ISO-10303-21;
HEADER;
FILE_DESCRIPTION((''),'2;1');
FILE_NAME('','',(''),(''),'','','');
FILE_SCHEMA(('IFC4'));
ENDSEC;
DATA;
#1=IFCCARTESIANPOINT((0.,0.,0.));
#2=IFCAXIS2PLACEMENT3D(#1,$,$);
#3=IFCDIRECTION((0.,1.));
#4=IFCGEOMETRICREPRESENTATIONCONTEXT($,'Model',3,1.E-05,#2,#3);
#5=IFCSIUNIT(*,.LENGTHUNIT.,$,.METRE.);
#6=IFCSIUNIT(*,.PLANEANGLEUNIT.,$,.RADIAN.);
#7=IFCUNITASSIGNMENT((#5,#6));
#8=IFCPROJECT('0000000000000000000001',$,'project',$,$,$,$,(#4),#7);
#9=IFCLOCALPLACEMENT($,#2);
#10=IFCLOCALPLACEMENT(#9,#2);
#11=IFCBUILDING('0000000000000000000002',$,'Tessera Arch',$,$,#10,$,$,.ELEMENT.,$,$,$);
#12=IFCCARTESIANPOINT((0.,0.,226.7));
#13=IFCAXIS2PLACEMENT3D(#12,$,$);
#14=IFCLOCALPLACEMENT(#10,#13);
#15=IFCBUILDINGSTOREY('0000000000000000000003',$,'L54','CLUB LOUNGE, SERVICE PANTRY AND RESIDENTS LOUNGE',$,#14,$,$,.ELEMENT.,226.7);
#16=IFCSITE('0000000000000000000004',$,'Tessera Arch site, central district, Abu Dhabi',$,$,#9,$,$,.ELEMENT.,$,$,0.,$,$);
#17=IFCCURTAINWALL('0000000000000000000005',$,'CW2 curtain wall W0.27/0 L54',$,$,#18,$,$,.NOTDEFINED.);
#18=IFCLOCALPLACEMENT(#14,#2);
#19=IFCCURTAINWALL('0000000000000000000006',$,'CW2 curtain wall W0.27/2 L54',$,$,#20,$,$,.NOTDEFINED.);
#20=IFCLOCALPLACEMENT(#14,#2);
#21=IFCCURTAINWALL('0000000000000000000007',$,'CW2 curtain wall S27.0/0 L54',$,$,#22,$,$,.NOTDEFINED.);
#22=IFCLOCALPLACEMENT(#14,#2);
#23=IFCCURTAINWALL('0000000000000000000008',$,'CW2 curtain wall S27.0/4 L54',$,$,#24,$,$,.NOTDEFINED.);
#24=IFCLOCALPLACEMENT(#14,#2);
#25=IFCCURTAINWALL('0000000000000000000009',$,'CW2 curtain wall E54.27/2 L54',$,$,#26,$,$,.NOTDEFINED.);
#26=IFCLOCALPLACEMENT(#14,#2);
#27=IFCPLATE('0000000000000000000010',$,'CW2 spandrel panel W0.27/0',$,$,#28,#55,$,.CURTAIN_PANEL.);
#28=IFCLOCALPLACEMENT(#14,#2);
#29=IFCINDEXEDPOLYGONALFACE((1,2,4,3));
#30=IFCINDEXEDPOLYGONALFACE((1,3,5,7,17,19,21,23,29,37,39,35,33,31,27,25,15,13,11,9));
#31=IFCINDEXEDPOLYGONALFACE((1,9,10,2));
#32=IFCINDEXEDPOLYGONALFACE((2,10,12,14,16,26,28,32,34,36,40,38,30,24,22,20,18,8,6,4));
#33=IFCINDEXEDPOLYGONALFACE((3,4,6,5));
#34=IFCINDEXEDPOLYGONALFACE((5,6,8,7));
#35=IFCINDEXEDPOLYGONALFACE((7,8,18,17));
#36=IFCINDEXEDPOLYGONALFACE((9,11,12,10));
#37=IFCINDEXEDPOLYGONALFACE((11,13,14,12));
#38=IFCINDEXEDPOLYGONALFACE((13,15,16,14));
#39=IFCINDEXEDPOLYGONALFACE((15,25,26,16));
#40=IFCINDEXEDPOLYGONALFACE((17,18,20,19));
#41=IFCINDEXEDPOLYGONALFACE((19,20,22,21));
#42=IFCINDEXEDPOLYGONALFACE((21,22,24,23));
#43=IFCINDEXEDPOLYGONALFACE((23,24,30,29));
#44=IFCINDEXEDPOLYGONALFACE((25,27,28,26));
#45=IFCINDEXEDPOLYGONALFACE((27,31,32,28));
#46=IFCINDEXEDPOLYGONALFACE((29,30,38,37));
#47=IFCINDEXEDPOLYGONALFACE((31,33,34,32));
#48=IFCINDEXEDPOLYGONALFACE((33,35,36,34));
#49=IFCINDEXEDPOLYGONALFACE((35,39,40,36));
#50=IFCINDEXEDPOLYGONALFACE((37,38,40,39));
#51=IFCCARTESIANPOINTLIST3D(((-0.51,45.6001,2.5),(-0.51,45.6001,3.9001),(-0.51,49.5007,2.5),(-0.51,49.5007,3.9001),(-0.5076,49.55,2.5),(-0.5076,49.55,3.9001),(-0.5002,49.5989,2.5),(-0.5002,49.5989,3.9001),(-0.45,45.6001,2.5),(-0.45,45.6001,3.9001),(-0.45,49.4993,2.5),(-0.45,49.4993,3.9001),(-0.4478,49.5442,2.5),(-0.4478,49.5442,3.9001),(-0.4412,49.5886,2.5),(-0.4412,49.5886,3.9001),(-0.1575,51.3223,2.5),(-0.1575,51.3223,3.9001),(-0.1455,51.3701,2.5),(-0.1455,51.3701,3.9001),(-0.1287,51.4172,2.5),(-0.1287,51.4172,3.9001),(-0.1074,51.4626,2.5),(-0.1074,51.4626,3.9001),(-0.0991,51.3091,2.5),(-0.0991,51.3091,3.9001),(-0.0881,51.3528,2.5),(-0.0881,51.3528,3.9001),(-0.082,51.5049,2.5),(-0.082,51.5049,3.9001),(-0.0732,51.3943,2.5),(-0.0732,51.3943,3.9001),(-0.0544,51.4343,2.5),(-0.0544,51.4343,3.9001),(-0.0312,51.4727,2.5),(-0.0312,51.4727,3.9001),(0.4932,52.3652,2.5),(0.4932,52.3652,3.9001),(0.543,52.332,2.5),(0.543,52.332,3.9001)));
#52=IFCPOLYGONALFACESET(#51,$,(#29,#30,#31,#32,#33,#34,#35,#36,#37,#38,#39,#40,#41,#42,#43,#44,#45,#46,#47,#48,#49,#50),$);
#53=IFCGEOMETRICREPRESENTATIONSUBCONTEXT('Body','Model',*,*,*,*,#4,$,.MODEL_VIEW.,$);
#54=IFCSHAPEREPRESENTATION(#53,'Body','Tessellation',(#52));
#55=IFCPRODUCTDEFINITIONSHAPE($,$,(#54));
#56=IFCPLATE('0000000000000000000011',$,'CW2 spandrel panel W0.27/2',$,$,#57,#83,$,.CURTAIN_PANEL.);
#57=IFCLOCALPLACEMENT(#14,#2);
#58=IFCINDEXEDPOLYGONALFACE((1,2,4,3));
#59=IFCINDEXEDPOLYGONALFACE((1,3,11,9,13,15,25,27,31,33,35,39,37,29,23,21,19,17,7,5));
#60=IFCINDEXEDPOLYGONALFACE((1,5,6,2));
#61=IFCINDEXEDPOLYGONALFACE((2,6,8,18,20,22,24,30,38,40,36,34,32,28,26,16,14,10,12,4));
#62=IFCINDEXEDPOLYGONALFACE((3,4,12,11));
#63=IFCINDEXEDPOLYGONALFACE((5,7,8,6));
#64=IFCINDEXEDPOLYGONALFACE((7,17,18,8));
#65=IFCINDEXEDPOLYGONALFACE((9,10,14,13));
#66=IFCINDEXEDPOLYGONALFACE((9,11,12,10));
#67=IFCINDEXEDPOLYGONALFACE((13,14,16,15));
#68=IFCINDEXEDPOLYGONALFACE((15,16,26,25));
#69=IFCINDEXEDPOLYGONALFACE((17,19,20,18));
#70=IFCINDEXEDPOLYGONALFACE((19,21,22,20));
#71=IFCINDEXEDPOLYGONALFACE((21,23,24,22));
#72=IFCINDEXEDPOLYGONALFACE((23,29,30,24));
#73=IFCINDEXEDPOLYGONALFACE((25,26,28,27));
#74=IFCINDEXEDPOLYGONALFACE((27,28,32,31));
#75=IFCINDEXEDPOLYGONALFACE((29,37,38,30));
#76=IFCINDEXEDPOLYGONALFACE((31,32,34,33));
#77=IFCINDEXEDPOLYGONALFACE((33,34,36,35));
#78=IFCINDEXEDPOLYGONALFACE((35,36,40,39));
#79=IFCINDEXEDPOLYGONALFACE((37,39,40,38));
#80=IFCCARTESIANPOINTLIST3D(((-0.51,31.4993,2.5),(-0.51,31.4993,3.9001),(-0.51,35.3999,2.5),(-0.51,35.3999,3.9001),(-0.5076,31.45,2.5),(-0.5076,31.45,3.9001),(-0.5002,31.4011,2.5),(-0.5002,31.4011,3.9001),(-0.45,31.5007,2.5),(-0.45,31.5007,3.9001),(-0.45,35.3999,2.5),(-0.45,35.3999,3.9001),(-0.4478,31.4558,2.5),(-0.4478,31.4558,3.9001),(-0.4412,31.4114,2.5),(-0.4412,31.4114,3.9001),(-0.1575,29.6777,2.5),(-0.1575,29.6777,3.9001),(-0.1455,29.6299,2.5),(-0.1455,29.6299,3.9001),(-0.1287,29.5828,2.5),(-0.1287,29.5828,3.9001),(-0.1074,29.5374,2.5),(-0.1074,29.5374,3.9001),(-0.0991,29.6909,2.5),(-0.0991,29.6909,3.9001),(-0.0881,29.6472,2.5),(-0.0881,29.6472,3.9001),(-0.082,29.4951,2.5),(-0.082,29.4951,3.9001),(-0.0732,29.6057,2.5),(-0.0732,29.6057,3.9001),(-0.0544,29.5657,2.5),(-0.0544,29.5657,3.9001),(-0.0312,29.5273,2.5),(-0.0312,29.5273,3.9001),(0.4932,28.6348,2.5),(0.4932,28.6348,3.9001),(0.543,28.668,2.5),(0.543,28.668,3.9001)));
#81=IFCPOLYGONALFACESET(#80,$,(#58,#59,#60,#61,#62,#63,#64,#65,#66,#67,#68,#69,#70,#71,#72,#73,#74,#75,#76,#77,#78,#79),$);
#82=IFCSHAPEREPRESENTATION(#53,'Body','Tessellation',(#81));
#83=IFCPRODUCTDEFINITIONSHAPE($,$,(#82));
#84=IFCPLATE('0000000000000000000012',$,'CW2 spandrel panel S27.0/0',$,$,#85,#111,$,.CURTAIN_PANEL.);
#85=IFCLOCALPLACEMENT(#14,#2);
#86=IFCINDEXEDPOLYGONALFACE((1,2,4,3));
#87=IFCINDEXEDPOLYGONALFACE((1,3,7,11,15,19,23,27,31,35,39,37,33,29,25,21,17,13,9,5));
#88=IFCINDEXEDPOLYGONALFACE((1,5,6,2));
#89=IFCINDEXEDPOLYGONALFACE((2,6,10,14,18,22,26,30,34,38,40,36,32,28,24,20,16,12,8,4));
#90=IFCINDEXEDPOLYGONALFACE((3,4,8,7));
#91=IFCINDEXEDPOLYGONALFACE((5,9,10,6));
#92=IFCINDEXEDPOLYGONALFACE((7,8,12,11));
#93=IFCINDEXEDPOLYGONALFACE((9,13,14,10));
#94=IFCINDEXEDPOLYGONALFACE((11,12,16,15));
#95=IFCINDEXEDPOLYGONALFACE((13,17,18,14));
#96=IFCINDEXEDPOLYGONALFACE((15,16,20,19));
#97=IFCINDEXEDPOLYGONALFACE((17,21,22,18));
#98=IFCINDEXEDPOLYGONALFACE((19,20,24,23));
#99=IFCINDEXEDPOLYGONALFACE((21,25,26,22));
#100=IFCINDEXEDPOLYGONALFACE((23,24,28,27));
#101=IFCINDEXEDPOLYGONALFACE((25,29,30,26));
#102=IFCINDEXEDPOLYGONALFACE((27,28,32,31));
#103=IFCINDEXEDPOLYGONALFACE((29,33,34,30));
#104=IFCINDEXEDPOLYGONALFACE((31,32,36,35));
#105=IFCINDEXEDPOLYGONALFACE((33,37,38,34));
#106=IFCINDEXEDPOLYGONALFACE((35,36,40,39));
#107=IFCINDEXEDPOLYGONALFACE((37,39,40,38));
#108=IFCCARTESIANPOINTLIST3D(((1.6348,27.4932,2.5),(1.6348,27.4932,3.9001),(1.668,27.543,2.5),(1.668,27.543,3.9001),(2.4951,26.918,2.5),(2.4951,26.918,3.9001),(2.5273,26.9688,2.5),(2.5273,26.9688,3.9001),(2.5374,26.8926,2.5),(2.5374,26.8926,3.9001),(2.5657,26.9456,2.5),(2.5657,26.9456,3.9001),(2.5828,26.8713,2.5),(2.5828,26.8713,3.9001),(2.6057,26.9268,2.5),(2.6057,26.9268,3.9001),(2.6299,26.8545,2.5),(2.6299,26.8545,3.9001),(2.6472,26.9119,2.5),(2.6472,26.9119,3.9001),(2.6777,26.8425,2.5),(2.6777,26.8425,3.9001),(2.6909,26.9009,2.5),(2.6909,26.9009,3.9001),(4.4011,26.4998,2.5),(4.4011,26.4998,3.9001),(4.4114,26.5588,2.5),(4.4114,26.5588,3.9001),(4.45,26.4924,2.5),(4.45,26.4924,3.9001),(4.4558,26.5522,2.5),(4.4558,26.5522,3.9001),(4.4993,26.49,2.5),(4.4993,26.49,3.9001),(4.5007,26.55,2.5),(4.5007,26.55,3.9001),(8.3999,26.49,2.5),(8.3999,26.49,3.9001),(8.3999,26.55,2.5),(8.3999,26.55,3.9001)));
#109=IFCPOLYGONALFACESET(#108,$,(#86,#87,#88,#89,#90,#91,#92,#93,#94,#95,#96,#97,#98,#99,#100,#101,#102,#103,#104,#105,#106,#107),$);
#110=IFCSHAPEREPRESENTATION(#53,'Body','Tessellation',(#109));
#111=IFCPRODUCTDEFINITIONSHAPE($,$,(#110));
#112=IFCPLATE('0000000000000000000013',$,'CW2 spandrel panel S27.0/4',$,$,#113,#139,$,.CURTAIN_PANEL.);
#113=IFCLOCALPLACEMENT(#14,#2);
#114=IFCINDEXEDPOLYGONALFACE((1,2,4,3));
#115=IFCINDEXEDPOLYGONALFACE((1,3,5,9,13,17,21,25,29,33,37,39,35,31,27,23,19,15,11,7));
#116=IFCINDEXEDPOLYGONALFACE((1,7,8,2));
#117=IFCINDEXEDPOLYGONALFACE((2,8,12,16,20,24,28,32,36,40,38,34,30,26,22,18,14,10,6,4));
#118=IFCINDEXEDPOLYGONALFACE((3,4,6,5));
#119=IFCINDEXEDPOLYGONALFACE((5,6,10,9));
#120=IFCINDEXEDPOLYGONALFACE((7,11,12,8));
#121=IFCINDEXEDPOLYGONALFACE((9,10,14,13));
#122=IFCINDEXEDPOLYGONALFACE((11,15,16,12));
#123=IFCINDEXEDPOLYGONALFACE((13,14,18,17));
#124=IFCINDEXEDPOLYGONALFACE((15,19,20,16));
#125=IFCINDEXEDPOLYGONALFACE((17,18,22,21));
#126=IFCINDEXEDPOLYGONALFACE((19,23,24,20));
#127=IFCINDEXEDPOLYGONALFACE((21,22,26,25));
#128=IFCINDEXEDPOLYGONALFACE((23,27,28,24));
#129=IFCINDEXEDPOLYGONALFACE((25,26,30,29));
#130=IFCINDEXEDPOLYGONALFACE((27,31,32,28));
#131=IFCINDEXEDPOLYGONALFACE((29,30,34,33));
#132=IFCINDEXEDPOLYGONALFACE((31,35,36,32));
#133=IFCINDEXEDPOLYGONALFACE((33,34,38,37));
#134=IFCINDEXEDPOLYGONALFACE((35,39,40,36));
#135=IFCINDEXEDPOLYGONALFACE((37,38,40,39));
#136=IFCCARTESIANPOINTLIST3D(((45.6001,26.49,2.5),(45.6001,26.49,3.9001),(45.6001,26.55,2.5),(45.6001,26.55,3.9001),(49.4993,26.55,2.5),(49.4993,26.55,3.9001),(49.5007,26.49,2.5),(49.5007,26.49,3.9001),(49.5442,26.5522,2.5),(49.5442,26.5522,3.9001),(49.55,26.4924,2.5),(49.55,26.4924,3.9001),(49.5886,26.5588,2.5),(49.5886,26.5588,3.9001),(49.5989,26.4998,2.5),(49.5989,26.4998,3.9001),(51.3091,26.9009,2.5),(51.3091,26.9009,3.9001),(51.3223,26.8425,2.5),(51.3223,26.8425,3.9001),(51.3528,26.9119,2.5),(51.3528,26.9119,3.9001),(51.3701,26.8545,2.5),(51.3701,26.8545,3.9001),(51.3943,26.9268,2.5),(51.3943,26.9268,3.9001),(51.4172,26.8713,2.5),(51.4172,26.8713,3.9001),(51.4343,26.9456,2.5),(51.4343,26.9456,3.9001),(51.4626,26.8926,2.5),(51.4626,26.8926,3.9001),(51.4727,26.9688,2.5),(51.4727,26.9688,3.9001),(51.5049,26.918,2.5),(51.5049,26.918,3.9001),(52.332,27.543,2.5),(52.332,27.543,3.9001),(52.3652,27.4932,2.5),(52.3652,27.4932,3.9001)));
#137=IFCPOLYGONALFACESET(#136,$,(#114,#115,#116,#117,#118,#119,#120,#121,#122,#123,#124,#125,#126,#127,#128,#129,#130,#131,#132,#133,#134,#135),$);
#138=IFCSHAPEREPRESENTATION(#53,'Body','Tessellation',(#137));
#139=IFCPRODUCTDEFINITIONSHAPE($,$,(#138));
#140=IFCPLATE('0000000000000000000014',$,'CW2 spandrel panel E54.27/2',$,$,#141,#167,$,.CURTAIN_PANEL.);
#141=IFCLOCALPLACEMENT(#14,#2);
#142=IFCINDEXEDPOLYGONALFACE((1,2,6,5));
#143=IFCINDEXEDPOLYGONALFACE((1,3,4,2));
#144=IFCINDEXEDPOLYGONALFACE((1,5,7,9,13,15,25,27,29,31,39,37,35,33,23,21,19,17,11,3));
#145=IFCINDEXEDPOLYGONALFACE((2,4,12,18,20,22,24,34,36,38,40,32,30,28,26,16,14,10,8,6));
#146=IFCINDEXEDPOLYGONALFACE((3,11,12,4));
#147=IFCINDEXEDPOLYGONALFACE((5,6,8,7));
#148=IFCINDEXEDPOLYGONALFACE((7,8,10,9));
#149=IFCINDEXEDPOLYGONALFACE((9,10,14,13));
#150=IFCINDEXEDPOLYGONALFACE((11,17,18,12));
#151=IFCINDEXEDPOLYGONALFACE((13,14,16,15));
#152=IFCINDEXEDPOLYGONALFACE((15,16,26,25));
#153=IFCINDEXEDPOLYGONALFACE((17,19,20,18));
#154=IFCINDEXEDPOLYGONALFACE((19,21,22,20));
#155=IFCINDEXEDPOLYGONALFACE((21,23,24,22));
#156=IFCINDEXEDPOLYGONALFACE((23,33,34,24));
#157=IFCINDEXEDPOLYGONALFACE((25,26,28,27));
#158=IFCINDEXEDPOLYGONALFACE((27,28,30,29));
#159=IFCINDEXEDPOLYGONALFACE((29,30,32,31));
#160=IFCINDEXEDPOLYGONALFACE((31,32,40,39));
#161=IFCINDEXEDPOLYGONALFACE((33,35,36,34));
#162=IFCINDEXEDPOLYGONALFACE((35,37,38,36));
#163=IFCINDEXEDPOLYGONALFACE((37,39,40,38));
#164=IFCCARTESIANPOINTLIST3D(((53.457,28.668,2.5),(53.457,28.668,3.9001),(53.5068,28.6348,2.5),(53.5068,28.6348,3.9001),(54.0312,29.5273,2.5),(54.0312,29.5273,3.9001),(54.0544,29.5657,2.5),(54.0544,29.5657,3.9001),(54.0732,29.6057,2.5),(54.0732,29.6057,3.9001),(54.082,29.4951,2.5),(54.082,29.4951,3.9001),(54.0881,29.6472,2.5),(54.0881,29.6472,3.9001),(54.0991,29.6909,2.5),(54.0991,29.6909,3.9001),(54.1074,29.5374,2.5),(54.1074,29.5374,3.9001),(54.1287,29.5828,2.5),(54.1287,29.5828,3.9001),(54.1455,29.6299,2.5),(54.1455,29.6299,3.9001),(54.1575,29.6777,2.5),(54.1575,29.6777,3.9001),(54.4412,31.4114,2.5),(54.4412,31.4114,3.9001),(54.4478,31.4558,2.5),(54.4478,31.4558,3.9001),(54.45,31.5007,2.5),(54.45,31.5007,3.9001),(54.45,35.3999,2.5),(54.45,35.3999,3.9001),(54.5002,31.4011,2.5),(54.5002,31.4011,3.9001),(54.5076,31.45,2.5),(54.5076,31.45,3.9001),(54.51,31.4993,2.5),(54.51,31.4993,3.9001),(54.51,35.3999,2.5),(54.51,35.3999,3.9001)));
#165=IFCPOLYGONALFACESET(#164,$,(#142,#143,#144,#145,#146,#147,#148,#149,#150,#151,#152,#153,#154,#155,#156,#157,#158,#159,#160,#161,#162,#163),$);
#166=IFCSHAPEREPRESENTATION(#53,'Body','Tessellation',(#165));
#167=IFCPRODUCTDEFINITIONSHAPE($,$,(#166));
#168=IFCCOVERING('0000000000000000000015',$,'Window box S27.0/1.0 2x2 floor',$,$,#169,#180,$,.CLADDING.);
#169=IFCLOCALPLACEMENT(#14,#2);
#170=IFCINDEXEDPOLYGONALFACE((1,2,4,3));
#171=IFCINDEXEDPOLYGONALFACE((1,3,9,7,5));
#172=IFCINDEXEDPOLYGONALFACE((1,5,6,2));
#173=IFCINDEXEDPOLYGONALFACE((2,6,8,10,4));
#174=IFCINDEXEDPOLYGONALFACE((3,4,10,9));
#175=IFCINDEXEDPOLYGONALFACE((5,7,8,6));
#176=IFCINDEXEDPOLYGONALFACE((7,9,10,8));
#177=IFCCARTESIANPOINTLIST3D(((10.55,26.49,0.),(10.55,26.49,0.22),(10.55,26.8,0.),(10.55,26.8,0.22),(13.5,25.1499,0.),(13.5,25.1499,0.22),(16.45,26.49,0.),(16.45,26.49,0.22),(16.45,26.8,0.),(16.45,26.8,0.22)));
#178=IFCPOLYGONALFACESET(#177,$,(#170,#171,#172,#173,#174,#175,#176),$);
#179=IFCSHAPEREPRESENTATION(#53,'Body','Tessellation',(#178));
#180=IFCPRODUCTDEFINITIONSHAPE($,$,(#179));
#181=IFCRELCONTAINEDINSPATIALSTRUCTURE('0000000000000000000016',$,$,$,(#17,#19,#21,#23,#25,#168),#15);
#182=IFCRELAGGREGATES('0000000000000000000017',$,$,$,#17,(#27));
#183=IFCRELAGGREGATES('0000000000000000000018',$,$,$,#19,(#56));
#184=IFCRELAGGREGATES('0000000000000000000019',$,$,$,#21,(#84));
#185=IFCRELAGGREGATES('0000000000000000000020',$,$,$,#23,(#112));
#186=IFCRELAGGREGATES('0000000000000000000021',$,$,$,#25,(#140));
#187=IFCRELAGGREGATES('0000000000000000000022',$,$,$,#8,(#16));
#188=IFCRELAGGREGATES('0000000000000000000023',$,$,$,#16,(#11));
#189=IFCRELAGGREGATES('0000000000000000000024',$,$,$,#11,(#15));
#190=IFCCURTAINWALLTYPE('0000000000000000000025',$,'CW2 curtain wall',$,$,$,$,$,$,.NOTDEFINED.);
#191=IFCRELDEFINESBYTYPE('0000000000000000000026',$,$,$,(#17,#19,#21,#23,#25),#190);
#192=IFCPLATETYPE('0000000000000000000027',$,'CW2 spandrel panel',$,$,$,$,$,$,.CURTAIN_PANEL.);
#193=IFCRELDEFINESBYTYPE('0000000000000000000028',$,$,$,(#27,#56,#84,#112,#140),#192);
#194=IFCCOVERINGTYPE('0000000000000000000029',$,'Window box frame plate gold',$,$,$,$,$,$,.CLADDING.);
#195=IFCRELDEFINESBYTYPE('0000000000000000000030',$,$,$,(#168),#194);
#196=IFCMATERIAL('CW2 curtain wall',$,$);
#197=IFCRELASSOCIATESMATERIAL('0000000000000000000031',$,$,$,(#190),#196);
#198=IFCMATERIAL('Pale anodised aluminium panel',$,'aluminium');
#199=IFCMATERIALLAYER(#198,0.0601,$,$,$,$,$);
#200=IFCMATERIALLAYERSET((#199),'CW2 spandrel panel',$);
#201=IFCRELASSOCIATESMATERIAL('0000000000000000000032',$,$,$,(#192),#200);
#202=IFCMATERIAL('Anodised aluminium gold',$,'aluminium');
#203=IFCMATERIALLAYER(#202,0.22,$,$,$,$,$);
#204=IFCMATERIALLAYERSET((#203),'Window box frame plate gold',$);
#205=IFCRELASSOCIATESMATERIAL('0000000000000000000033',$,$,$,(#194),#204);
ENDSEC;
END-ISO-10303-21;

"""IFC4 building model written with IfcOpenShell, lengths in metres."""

from ifc_helpers import new_model, si_unit, direction, frame, origin, place, context, subcontext, project, spatial, polyline, outline, extrude, material, layer, layer_set, type_object, element, aggregate, save


model = new_model("IFC4")

# Units and contexts
model_context = context("Model", 3, precision=1e-05, world=origin(), true_north=direction((0.0, 1.0)))
body_context = subcontext(model_context, "Body", "Model", "MODEL_VIEW")
ifc_project = project(units=[si_unit("LENGTHUNIT", "METRE"), si_unit("PLANEANGLEUNIT", "RADIAN")], contexts=[model_context])

# Site, building, storey
site_placement = place(None, origin())
site = spatial("IfcSite", under=ifc_project, at=site_placement, Name="Tessera Arch site, central district, Abu Dhabi", CompositionType="ELEMENT", RefElevation=0.0)
building_placement = place(site_placement, origin())
building = spatial("IfcBuilding", under=site, at=building_placement, Name="Tessera Arch", CompositionType="ELEMENT")
storey_placement = place(building_placement, frame((0.0, 0.0, 226.7)))
storey = spatial("IfcBuildingStorey", under=building, at=storey_placement, Name="L54", Description="CLUB LOUNGE, SERVICE PANTRY AND RESIDENTS LOUNGE", CompositionType="ELEMENT", Elevation=226.7)

# Curtain walls
ifc_material_1 = material(Name="CW2 curtain wall")
curtain_wall_type = type_object("IfcCurtainWallType", Name="CW2 curtain wall", PredefinedType="NOTDEFINED", material=ifc_material_1)
curtain_wall_1_placement = place(storey_placement, origin())
curtain_wall_1 = element("IfcCurtainWall", 1, at=curtain_wall_1_placement, inside=storey, type_object=curtain_wall_type, Name="CW2 curtain wall W0.27/0 L54", PredefinedType="NOTDEFINED")
curtain_wall_2_placement = place(storey_placement, origin())
curtain_wall_2 = element("IfcCurtainWall", 2, at=curtain_wall_2_placement, inside=storey, type_object=curtain_wall_type, Name="CW2 curtain wall W0.27/2 L54", PredefinedType="NOTDEFINED")
curtain_wall_3_placement = place(storey_placement, origin())
curtain_wall_3 = element("IfcCurtainWall", 3, at=curtain_wall_3_placement, inside=storey, type_object=curtain_wall_type, Name="CW2 curtain wall S27.0/0 L54", PredefinedType="NOTDEFINED")
curtain_wall_4_placement = place(storey_placement, origin())
curtain_wall_4 = element("IfcCurtainWall", 4, at=curtain_wall_4_placement, inside=storey, type_object=curtain_wall_type, Name="CW2 curtain wall S27.0/4 L54", PredefinedType="NOTDEFINED")
curtain_wall_5_placement = place(storey_placement, origin())
curtain_wall_5 = element("IfcCurtainWall", 5, at=curtain_wall_5_placement, inside=storey, type_object=curtain_wall_type, Name="CW2 curtain wall E54.27/2 L54", PredefinedType="NOTDEFINED")

# Plates
ifc_material_2 = material(Name="Pale anodised aluminium panel", Category="aluminium")
ifc_layer_1 = layer(ifc_material_2, 0.0601)
ifc_layer_set_1 = layer_set([ifc_layer_1], Name="CW2 spandrel panel")
plate_type_1 = type_object("IfcPlateType", Name="CW2 spandrel panel", PredefinedType="CURTAIN_PANEL", material=ifc_layer_set_1)
plate_1_placement = place(storey_placement, frame((0.0, 0.0, 2.5)))
plate_1 = element("IfcPlate", 6, at=plate_1_placement, type_object=plate_type_1, Name="CW2 spandrel panel W0.27/0", PredefinedType="CURTAIN_PANEL", context=body_context, shape_type="SweptSolid", body=[
    extrude(outline(polyline([(-0.0312, 51.4727), (0.543, 52.332), (0.4932, 52.3652), (-0.082, 51.5049), (-0.1074, 51.4626), (-0.1287, 51.4172), (-0.1455, 51.3701), (-0.1575, 51.3223), (-0.5002, 49.5989), (-0.5076, 49.55), (-0.51, 49.5007), (-0.51, 45.6001), (-0.45, 45.6001), (-0.45, 49.4993), (-0.4478, 49.5442), (-0.4412, 49.5886), (-0.0991, 51.3091), (-0.0881, 51.3528), (-0.0732, 51.3943), (-0.0544, 51.4343), (-0.0312, 51.4727)])), origin(), (0.0, 0.0, 1.0), 1.4001),
])
aggregate(curtain_wall_1, [plate_1])
plate_2_placement = place(storey_placement, frame((0.0, 0.0, 2.5)))
plate_2 = element("IfcPlate", 7, at=plate_2_placement, type_object=plate_type_1, Name="CW2 spandrel panel W0.27/2", PredefinedType="CURTAIN_PANEL", context=body_context, shape_type="SweptSolid", body=[
    extrude(outline(polyline([(-0.45, 31.5007), (-0.45, 35.3999), (-0.51, 35.3999), (-0.51, 31.4993), (-0.5076, 31.45), (-0.5002, 31.4011), (-0.1575, 29.6777), (-0.1455, 29.6299), (-0.1287, 29.5828), (-0.1074, 29.5374), (-0.082, 29.4951), (0.4932, 28.6348), (0.543, 28.668), (-0.0312, 29.5273), (-0.0544, 29.5657), (-0.0732, 29.6057), (-0.0881, 29.6472), (-0.0991, 29.6909), (-0.4412, 31.4114), (-0.4478, 31.4558), (-0.45, 31.5007)])), origin(), (0.0, 0.0, 1.0), 1.4001),
])
aggregate(curtain_wall_2, [plate_2])
plate_3_placement = place(storey_placement, frame((0.0, 0.0, 2.5)))
plate_3 = element("IfcPlate", 8, at=plate_3_placement, type_object=plate_type_1, Name="CW2 spandrel panel S27.0/0", PredefinedType="CURTAIN_PANEL", context=body_context, shape_type="SweptSolid", body=[
    extrude(outline(polyline([(2.5273, 26.9688), (1.668, 27.543), (1.6348, 27.4932), (2.4951, 26.918), (2.5374, 26.8926), (2.5828, 26.8713), (2.6299, 26.8545), (2.6777, 26.8425), (4.4011, 26.4998), (4.45, 26.4924), (4.4993, 26.49), (8.3999, 26.49), (8.3999, 26.55), (4.5007, 26.55), (4.4558, 26.5522), (4.4114, 26.5588), (2.6909, 26.9009), (2.6472, 26.9119), (2.6057, 26.9268), (2.5657, 26.9456), (2.5273, 26.9688)])), origin(), (0.0, 0.0, 1.0), 1.4001),
])
aggregate(curtain_wall_3, [plate_3])
plate_4_placement = place(storey_placement, frame((0.0, 0.0, 2.5)))
plate_4 = element("IfcPlate", 9, at=plate_4_placement, type_object=plate_type_1, Name="CW2 spandrel panel S27.0/4", PredefinedType="CURTAIN_PANEL", context=body_context, shape_type="SweptSolid", body=[
    extrude(outline(polyline([(49.4993, 26.55), (45.6001, 26.55), (45.6001, 26.49), (49.5007, 26.49), (49.55, 26.4924), (49.5989, 26.4998), (51.3223, 26.8425), (51.3701, 26.8545), (51.4172, 26.8713), (51.4626, 26.8926), (51.5049, 26.918), (52.3652, 27.4932), (52.332, 27.543), (51.4727, 26.9688), (51.4343, 26.9456), (51.3943, 26.9268), (51.3528, 26.9119), (51.3091, 26.9009), (49.5886, 26.5588), (49.5442, 26.5522), (49.4993, 26.55)])), origin(), (0.0, 0.0, 1.0), 1.4001),
])
aggregate(curtain_wall_4, [plate_4])
plate_5_placement = place(storey_placement, frame((0.0, 0.0, 2.5)))
plate_5 = element("IfcPlate", 10, at=plate_5_placement, type_object=plate_type_1, Name="CW2 spandrel panel E54.27/2", PredefinedType="CURTAIN_PANEL", context=body_context, shape_type="SweptSolid", body=[
    extrude(outline(polyline([(54.0312, 29.5273), (53.457, 28.668), (53.5068, 28.6348), (54.082, 29.4951), (54.1074, 29.5374), (54.1287, 29.5828), (54.1455, 29.6299), (54.1575, 29.6777), (54.5002, 31.4011), (54.5076, 31.45), (54.51, 31.4993), (54.51, 35.3999), (54.45, 35.3999), (54.45, 31.5007), (54.4478, 31.4558), (54.4412, 31.4114), (54.0991, 29.6909), (54.0881, 29.6472), (54.0732, 29.6057), (54.0544, 29.5657), (54.0312, 29.5273)])), origin(), (0.0, 0.0, 1.0), 1.4001),
])
aggregate(curtain_wall_5, [plate_5])

# Covering
ifc_material_3 = material(Name="Anodised aluminium gold", Category="aluminium")
ifc_layer_2 = layer(ifc_material_3, 0.22)
ifc_layer_set_2 = layer_set([ifc_layer_2], Name="Window box frame plate gold")
covering_type = type_object("IfcCoveringType", Name="Window box frame plate gold", PredefinedType="CLADDING", material=ifc_layer_set_2)
covering_placement = place(storey_placement, origin())
element("IfcCovering", 11, at=covering_placement, inside=storey, type_object=covering_type, Name="Window box S27.0/1.0 2x2 floor", PredefinedType="CLADDING", context=body_context, shape_type="SweptSolid", body=[
    extrude(outline(polyline([(10.55, 26.49), (13.5, 25.1499), (16.45, 26.49), (16.45, 26.8), (10.55, 26.8), (10.55, 26.49)])), origin(), (0.0, 0.0, 1.0), 0.22),
])

save(model, "model.ifc")
